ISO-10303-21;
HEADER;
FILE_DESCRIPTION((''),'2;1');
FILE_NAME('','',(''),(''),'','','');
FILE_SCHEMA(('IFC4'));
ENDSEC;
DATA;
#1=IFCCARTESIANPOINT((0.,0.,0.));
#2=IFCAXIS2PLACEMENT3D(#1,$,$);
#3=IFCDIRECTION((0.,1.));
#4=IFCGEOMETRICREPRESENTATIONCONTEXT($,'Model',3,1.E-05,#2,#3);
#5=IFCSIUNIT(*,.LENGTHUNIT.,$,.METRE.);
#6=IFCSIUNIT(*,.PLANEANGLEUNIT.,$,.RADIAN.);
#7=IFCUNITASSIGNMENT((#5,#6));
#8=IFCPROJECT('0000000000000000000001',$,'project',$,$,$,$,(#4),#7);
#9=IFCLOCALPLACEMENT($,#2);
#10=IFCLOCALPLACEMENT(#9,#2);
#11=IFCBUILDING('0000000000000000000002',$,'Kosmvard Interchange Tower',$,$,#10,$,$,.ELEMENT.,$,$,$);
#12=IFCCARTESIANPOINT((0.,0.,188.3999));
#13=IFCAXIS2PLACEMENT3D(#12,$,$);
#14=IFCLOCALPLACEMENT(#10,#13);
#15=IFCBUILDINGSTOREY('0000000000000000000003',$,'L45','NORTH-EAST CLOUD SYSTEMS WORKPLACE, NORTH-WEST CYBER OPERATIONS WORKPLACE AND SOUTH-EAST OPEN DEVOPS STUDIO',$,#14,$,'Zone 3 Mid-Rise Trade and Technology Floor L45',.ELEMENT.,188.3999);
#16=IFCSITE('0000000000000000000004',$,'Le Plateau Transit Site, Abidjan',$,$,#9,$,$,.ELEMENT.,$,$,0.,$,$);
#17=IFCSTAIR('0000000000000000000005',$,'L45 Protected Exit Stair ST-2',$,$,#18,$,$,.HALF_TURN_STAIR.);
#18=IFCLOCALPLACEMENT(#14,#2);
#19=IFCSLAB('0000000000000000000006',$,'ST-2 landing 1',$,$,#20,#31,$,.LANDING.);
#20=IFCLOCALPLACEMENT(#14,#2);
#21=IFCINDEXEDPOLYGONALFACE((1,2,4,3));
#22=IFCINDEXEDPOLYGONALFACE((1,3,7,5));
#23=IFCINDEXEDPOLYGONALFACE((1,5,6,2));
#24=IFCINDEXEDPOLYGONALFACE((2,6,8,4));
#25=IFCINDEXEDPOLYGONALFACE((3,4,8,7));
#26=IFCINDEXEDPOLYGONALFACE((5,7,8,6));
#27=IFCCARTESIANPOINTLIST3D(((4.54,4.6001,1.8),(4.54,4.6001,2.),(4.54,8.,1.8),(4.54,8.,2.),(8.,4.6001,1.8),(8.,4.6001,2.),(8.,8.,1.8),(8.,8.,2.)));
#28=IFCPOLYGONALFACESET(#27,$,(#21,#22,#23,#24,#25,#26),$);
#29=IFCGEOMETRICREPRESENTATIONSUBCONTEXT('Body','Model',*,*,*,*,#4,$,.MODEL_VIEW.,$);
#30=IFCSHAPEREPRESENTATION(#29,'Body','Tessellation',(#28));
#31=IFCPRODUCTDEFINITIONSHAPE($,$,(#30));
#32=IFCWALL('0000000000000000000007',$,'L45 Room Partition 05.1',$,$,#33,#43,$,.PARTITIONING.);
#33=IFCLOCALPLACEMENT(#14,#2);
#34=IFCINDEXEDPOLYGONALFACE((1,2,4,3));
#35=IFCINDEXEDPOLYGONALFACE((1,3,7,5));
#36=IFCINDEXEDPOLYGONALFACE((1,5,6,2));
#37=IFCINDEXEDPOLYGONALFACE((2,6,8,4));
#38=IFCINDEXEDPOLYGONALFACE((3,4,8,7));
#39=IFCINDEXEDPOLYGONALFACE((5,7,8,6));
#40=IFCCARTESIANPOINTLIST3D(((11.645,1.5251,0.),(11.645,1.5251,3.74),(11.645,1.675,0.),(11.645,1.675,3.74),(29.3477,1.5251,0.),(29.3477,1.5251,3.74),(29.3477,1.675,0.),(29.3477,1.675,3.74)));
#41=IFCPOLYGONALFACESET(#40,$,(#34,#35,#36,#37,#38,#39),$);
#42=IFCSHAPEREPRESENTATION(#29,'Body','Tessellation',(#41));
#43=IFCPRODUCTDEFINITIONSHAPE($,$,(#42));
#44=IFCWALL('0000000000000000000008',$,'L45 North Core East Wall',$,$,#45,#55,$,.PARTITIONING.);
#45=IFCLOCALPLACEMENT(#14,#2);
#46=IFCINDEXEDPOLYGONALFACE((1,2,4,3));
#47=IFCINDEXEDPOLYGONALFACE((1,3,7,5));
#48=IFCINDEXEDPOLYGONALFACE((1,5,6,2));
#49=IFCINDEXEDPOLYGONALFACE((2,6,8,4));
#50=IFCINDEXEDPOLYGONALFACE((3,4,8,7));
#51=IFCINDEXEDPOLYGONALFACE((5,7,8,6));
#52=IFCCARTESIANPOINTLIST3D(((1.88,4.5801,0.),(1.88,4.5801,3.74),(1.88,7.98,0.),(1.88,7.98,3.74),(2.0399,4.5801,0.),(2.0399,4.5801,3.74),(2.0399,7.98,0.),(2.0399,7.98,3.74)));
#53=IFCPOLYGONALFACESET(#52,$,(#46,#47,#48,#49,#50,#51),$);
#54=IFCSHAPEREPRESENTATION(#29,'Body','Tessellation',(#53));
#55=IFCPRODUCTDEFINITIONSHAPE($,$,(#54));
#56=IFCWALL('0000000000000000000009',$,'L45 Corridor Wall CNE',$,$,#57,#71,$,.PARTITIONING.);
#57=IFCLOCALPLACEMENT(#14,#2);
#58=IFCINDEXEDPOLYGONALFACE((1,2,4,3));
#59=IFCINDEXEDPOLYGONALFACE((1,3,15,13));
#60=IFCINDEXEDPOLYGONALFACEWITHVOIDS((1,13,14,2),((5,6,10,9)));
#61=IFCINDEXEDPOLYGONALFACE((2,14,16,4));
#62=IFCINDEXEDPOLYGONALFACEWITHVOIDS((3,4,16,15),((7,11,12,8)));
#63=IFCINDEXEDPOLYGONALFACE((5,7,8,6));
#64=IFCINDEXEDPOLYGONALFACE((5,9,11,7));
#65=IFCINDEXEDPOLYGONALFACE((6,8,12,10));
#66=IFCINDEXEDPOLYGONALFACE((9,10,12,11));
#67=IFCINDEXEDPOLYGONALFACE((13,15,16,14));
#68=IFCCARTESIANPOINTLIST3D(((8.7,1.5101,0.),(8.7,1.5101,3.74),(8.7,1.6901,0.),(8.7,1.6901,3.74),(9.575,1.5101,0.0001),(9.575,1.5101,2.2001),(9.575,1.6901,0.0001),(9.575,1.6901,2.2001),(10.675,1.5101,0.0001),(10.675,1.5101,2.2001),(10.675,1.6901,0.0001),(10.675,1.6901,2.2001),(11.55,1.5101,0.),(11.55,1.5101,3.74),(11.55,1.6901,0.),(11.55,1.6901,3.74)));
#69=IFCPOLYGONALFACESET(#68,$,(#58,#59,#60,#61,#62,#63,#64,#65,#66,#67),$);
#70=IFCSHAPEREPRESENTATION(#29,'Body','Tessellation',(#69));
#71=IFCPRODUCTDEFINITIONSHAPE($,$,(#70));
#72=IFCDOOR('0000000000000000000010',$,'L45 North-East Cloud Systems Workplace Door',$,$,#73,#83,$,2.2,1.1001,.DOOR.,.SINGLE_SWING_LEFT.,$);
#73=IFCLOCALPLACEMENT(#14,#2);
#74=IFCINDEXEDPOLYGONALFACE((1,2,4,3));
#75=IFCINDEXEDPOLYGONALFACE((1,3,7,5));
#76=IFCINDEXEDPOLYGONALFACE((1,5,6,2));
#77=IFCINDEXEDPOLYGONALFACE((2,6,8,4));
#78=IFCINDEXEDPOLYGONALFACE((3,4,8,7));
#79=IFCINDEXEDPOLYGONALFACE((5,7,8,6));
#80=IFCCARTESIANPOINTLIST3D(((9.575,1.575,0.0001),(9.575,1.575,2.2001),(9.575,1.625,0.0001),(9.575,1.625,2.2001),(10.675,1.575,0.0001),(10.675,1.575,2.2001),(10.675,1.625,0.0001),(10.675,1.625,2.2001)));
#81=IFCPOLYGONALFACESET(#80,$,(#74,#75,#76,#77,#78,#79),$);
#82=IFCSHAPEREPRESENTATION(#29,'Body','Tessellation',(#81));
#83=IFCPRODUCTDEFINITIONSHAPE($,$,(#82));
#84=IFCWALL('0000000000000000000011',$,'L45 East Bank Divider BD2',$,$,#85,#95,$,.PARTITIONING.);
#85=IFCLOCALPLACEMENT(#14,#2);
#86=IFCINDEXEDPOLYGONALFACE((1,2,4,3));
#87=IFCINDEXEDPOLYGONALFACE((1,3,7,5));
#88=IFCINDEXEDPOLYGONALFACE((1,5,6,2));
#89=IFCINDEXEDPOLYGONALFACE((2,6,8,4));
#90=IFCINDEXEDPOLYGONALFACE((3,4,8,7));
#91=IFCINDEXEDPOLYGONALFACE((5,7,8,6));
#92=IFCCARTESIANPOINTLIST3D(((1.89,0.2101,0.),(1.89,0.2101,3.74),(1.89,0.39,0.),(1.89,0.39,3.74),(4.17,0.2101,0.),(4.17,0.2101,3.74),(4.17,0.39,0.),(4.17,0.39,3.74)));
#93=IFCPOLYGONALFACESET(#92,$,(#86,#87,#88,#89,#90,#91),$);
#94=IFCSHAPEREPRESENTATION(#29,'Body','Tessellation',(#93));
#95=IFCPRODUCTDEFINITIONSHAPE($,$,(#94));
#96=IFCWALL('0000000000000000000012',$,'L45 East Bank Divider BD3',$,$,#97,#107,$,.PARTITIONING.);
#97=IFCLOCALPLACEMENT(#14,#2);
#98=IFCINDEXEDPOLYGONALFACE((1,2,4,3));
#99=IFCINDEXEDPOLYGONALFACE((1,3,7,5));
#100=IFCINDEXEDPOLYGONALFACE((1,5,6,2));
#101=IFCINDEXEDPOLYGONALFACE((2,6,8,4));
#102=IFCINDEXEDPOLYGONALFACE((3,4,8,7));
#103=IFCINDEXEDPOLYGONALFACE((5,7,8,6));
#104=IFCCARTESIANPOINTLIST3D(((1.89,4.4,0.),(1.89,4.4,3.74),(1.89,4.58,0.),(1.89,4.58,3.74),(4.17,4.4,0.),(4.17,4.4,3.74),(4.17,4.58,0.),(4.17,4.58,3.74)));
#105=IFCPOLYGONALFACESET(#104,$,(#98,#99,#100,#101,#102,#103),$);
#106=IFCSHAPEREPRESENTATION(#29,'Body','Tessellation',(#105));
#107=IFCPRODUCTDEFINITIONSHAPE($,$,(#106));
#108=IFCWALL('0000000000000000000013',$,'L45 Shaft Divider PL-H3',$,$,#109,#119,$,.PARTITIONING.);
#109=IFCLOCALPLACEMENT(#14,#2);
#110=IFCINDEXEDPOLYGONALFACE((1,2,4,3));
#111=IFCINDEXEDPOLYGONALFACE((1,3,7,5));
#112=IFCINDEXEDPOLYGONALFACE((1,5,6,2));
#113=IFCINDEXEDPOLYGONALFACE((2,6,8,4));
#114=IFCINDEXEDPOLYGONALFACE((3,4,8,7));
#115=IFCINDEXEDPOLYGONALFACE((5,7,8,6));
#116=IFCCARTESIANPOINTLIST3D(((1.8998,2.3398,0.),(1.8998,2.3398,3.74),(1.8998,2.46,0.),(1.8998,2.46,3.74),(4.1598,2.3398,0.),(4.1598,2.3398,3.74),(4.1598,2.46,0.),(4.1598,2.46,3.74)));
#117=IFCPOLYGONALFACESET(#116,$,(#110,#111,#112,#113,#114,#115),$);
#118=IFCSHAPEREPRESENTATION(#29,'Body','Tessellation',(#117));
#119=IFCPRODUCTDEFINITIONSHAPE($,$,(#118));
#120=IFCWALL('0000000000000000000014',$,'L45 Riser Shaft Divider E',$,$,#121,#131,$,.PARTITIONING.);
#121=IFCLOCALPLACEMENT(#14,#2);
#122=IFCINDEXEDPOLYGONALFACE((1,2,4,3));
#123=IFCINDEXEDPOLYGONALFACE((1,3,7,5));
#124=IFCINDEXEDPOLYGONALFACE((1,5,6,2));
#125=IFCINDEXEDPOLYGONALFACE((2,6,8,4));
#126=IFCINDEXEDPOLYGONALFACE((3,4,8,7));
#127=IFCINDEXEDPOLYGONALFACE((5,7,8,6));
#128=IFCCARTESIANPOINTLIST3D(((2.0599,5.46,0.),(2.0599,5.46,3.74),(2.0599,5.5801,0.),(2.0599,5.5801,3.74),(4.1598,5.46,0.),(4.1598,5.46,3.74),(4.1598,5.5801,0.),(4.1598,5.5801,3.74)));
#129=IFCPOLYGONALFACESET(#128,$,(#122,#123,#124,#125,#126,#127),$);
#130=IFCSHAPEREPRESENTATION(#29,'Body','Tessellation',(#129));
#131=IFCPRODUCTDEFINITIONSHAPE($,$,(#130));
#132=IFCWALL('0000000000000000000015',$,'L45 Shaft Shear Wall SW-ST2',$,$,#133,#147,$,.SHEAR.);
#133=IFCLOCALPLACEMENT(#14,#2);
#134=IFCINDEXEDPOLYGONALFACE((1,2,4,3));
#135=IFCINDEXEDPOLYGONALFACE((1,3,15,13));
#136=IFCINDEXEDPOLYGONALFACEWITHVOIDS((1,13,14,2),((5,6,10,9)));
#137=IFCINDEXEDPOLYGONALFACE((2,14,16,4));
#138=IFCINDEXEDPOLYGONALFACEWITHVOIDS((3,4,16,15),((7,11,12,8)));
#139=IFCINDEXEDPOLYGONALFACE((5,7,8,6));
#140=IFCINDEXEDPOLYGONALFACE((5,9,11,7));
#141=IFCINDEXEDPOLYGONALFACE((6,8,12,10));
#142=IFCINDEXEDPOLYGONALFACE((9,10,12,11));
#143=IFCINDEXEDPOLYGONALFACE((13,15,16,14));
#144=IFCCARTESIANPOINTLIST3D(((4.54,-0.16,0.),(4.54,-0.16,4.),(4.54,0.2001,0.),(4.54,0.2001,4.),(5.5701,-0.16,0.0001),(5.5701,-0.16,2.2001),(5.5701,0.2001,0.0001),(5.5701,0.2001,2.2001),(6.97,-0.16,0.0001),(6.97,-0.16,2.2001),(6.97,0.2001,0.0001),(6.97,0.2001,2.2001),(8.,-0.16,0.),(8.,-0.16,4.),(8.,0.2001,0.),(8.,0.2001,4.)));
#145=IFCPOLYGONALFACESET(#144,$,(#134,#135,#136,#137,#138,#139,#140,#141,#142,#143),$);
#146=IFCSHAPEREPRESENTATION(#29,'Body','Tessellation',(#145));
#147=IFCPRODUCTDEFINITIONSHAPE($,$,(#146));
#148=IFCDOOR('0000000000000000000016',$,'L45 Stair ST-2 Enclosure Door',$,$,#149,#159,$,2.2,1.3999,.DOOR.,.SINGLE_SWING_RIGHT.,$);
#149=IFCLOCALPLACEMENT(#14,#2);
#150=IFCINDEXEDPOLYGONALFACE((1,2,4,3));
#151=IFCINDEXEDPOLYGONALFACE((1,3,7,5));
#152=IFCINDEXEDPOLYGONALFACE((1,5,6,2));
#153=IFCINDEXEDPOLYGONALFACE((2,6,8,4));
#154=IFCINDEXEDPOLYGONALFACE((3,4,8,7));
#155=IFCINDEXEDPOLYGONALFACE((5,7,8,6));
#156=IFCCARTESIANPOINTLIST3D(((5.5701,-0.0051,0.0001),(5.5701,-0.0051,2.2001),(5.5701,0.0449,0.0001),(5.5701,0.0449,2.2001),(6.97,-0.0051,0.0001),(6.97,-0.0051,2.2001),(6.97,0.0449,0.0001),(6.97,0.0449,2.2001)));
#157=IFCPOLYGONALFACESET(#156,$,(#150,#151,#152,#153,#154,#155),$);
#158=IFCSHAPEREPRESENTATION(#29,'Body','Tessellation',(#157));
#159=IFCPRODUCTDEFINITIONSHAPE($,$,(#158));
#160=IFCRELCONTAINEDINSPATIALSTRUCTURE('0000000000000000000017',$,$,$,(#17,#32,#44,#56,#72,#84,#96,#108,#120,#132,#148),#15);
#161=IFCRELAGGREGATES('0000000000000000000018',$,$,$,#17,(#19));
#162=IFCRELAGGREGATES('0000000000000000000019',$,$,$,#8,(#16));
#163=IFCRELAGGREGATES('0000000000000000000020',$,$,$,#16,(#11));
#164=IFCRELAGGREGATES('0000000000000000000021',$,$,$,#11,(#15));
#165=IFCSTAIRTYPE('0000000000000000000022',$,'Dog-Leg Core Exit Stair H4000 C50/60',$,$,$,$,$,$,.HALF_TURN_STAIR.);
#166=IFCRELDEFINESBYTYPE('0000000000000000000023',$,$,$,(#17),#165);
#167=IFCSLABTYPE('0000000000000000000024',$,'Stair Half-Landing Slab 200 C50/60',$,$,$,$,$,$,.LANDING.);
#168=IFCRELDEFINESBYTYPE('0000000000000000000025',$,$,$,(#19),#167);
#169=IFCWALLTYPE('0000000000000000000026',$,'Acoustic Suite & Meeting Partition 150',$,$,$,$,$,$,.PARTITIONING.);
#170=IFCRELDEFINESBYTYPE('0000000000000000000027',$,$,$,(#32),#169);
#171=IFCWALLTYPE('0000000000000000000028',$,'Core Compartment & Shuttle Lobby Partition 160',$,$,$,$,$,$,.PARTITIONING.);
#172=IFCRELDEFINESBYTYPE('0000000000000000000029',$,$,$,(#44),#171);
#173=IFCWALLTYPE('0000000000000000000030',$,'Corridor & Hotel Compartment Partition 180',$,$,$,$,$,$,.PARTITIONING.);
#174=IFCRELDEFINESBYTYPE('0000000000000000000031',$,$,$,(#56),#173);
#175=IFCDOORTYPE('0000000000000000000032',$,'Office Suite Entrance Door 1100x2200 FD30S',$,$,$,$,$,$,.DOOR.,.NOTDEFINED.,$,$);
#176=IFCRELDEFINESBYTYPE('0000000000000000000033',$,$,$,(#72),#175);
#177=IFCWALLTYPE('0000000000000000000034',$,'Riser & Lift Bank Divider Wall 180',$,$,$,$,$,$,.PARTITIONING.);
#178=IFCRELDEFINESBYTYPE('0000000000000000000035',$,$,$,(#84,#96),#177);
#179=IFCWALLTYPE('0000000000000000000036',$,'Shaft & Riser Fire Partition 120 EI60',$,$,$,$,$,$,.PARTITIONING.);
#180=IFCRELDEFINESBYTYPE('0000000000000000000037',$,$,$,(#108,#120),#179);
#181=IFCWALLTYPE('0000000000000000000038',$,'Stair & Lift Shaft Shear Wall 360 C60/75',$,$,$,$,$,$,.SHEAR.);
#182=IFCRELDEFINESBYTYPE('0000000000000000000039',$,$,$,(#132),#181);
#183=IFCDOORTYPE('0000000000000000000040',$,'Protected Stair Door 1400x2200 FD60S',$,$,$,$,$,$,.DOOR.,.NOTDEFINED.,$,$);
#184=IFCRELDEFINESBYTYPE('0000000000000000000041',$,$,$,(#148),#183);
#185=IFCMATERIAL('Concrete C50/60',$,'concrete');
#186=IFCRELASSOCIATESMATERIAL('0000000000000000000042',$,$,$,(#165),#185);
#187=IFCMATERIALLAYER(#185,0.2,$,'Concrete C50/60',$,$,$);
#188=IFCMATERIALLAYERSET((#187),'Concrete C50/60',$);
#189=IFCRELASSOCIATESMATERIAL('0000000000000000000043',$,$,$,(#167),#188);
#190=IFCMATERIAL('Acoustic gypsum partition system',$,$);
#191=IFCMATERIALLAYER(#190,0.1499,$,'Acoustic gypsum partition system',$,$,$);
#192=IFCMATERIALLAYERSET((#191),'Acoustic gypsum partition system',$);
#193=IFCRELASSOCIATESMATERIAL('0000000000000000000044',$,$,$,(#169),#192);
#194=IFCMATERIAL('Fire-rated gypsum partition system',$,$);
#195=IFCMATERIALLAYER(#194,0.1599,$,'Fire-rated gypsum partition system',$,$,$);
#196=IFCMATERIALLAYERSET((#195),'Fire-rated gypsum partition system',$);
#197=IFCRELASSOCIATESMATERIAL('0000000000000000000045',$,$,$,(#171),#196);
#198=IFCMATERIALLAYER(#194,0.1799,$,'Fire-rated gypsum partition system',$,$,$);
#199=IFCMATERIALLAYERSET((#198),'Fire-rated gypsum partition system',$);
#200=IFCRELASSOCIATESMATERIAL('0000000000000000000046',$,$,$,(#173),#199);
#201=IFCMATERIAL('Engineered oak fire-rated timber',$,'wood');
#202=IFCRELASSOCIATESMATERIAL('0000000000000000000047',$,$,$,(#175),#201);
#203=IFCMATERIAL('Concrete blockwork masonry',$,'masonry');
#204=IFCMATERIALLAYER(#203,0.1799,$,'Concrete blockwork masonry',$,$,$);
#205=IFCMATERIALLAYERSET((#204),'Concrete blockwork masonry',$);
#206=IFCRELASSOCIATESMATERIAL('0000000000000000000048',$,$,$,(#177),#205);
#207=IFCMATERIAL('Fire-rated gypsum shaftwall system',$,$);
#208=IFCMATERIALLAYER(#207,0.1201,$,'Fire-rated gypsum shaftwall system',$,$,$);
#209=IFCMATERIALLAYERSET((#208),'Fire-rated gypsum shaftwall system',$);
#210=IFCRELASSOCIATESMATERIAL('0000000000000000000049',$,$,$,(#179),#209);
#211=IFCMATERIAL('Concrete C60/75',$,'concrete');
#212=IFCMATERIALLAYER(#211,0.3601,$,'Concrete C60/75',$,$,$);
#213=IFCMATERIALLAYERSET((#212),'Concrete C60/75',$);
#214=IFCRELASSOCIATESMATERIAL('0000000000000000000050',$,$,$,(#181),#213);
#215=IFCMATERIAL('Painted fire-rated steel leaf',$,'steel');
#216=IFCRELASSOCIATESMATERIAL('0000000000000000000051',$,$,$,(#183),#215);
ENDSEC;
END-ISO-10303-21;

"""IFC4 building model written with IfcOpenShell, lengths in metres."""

from ifc_helpers import new_model, si_unit, direction, frame, frame_2d, origin, place, context, subcontext, project, spatial, polyline, rectangle, outline, extrude, source, transform, mapped, material, layer, layer_set, type_object, element, fill, aggregate, save


model = new_model("IFC4")

# Units and contexts
model_context = context("Model", 3, precision=1e-05, world=origin(), true_north=direction((0.0, 1.0)))
body_context = subcontext(model_context, "Body", "Model", "MODEL_VIEW")
ifc_project = project(units=[si_unit("LENGTHUNIT", "METRE"), si_unit("PLANEANGLEUNIT", "RADIAN")], contexts=[model_context])

# Site, building, storey
site_placement = place(None, origin())
site = spatial("IfcSite", under=ifc_project, at=site_placement, Name="Le Plateau Transit Site, Abidjan", CompositionType="ELEMENT", RefElevation=0.0)
building_placement = place(site_placement, origin())
building = spatial("IfcBuilding", under=site, at=building_placement, Name="Kosmvard Interchange Tower", CompositionType="ELEMENT")
storey_placement = place(building_placement, frame((0.0, 0.0, 188.3999)))
storey = spatial("IfcBuildingStorey", under=building, at=storey_placement, Name="L45", Description="NORTH-EAST CLOUD SYSTEMS WORKPLACE, NORTH-WEST CYBER OPERATIONS WORKPLACE AND SOUTH-EAST OPEN DEVOPS STUDIO", LongName="Zone 3 Mid-Rise Trade and Technology Floor L45", CompositionType="ELEMENT", Elevation=188.3999)

# Stair, slab
ifc_material_1 = material(Name="Concrete C50/60", Category="concrete")
stair_type = type_object("IfcStairType", Name="Dog-Leg Core Exit Stair H4000 C50/60", PredefinedType="HALF_TURN_STAIR", material=ifc_material_1)
stair_placement = place(storey_placement, origin())
stair = element("IfcStair", 1, at=stair_placement, inside=storey, type_object=stair_type, Name="L45 Protected Exit Stair ST-2", PredefinedType="HALF_TURN_STAIR")
ifc_layer_1 = layer(ifc_material_1, 0.2, Name="Concrete C50/60")
ifc_layer_set_1 = layer_set([ifc_layer_1], Name="Concrete C50/60")
slab_type = type_object("IfcSlabType", Name="Stair Half-Landing Slab 200 C50/60", PredefinedType="LANDING", material=ifc_layer_set_1)
slab_placement = place(storey_placement, frame((0.0, 0.0, 1.8)))
slab = element("IfcSlab", 2, at=slab_placement, type_object=slab_type, Name="ST-2 landing 1", PredefinedType="LANDING", context=body_context, shape_type="SweptSolid", body=[
    extrude(outline(polyline([(8.0, 4.6001), (8.0, 8.0), (4.54, 8.0), (4.54, 4.6001), (8.0, 4.6001)])), origin(), (0.0, 0.0, 1.0), 0.2),
])

# Walls
ifc_material_2 = material(Name="Acoustic gypsum partition system")
ifc_layer_2 = layer(ifc_material_2, 0.1499, Name="Acoustic gypsum partition system")
ifc_layer_set_2 = layer_set([ifc_layer_2], Name="Acoustic gypsum partition system")
wall_type_1 = type_object("IfcWallType", Name="Acoustic Suite & Meeting Partition 150", PredefinedType="PARTITIONING", material=ifc_layer_set_2)
wall_1_placement = place(storey_placement, frame((11.645, 1.6001, 0.0), z_axis=(0.0, 0.0, 1.0), x_axis=(1.0, 0.0, 0.0)))
element("IfcWall", 3, at=wall_1_placement, inside=storey, type_object=wall_type_1, Name="L45 Room Partition 05.1", PredefinedType="PARTITIONING", context=body_context, shape_type="SweptSolid", body=[
    extrude(rectangle(XDim=17.7026, YDim=0.1499, at=frame_2d((8.8513, 0.0))), origin(), (0.0, 0.0, 1.0), 3.74),
])
ifc_material_3 = material(Name="Fire-rated gypsum partition system")
ifc_layer_3 = layer(ifc_material_3, 0.1599, Name="Fire-rated gypsum partition system")
ifc_layer_set_3 = layer_set([ifc_layer_3], Name="Fire-rated gypsum partition system")
wall_type_2 = type_object("IfcWallType", Name="Core Compartment & Shuttle Lobby Partition 160", PredefinedType="PARTITIONING", material=ifc_layer_set_3)
wall_2_placement = place(storey_placement, frame((1.96, 4.5801, 0.0), z_axis=(0.0, 0.0, 1.0), x_axis=(0.0, 1.0, 0.0)))
element("IfcWall", 4, at=wall_2_placement, inside=storey, type_object=wall_type_2, Name="L45 North Core East Wall", PredefinedType="PARTITIONING", context=body_context, shape_type="SweptSolid", body=[
    extrude(rectangle(XDim=3.3999, YDim=0.1599, at=frame_2d((1.7, 0.0))), origin(), (0.0, 0.0, 1.0), 3.74),
])

# Wall, opening, door
ifc_layer_4 = layer(ifc_material_3, 0.1799, Name="Fire-rated gypsum partition system")
ifc_layer_set_4 = layer_set([ifc_layer_4], Name="Fire-rated gypsum partition system")
wall_type_3 = type_object("IfcWallType", Name="Corridor & Hotel Compartment Partition 180", PredefinedType="PARTITIONING", material=ifc_layer_set_4)
wall_3_placement = place(storey_placement, frame((8.7, 1.6001, 0.0), z_axis=(0.0, 0.0, 1.0), x_axis=(1.0, 0.0, 0.0)))
wall_3 = element("IfcWall", 5, at=wall_3_placement, inside=storey, type_object=wall_type_3, Name="L45 Corridor Wall CNE", PredefinedType="PARTITIONING", context=body_context, shape_type="SweptSolid", body=[
    extrude(rectangle(XDim=2.8501, YDim=0.1799, at=frame_2d((1.425, 0.0))), origin(), (0.0, 0.0, 1.0), 3.74),
])
opening_1_placement = place(wall_3_placement, frame((0.875, 0.0, 0.0)))
opening_1 = element("IfcOpeningElement", 6, at=opening_1_placement, cuts=wall_3, PredefinedType="OPENING", context=body_context, shape_type="SweptSolid", body=[
    extrude(rectangle(XDim=1.1001, YDim=2.2, at=frame_2d((0.55, 1.1001))), frame((0.0, 0.1001, 0.0), z_axis=(0.0, -1.0, 0.0), x_axis=(1.0, 0.0, 0.0)), (0.0, 0.0, 1.0), 0.2),
])
ifc_material_4 = material(Name="Engineered oak fire-rated timber", Category="wood")
door_type_1 = type_object("IfcDoorType", Name="Office Suite Entrance Door 1100x2200 FD30S", OperationType="NOTDEFINED", PredefinedType="DOOR", material=ifc_material_4)
shared_shape_1 = source(origin(), body_context, "Body", "SweptSolid", [
    extrude(rectangle(XDim=1.1001, YDim=2.2, at=frame_2d((0.55, 1.1001))), frame((0.0, 0.0249, 0.0), z_axis=(0.0, -1.0, 0.0), x_axis=(1.0, 0.0, 0.0)), (0.0, 0.0, 1.0), 0.05),
])
door_1_placement = place(opening_1_placement, origin())
door_1 = element("IfcDoor", 7, at=door_1_placement, inside=storey, type_object=door_type_1, Name="L45 North-East Cloud Systems Workplace Door", OperationType="SINGLE_SWING_LEFT", OverallHeight=2.2, OverallWidth=1.1001, PredefinedType="DOOR", context=body_context, shape_type="MappedRepresentation", body=[
    mapped(shared_shape_1, transform((0.0, 0.0, 0.0), scale=1.0)),
])
fill(opening_1, door_1)

# Walls
ifc_material_5 = material(Name="Concrete blockwork masonry", Category="masonry")
ifc_layer_5 = layer(ifc_material_5, 0.1799, Name="Concrete blockwork masonry")
ifc_layer_set_5 = layer_set([ifc_layer_5], Name="Concrete blockwork masonry")
wall_type_4 = type_object("IfcWallType", Name="Riser & Lift Bank Divider Wall 180", PredefinedType="PARTITIONING", material=ifc_layer_set_5)
for number, where, z_axis, x_axis, name in (
    (8, (1.8899, 0.3, 0.0), (0.0, 0.0, 1.0), (1.0, 0.0, 0.0), "L45 East Bank Divider BD2"),
    (9, (1.8899, 4.49, 0.0), (0.0, 0.0, 1.0), (1.0, 0.0, 0.0), "L45 East Bank Divider BD3"),
):
    element("IfcWall", number, at=place(storey_placement, frame(where, z_axis=z_axis, x_axis=x_axis)), inside=storey, type_object=wall_type_4, Name=name, PredefinedType="PARTITIONING", context=body_context, shape_type="SweptSolid", body=[
        extrude(rectangle(XDim=2.28, YDim=0.1799, at=frame_2d((1.1401, 0.0))), origin(), (0.0, 0.0, 1.0), 3.74),
    ])
ifc_material_6 = material(Name="Fire-rated gypsum shaftwall system")
ifc_layer_6 = layer(ifc_material_6, 0.1201, Name="Fire-rated gypsum shaftwall system")
ifc_layer_set_6 = layer_set([ifc_layer_6], Name="Fire-rated gypsum shaftwall system")
wall_type_5 = type_object("IfcWallType", Name="Shaft & Riser Fire Partition 120 EI60", PredefinedType="PARTITIONING", material=ifc_layer_set_6)
wall_4_placement = place(storey_placement, frame((1.8999, 2.3999, 0.0), z_axis=(0.0, 0.0, 1.0), x_axis=(1.0, 0.0, 0.0)))
element("IfcWall", 10, at=wall_4_placement, inside=storey, type_object=wall_type_5, Name="L45 Shaft Divider PL-H3", PredefinedType="PARTITIONING", context=body_context, shape_type="SweptSolid", body=[
    extrude(rectangle(XDim=2.26, YDim=0.1201, at=frame_2d((1.1299, 0.0))), origin(), (0.0, 0.0, 1.0), 3.74),
])
wall_5_placement = place(storey_placement, frame((2.0601, 5.52, 0.0), z_axis=(0.0, 0.0, 1.0), x_axis=(1.0, 0.0, 0.0)))
element("IfcWall", 11, at=wall_5_placement, inside=storey, type_object=wall_type_5, Name="L45 Riser Shaft Divider E", PredefinedType="PARTITIONING", context=body_context, shape_type="SweptSolid", body=[
    extrude(rectangle(XDim=2.0999, YDim=0.1201, at=frame_2d((1.0498, 0.0))), origin(), (0.0, 0.0, 1.0), 3.74),
])

# Wall, opening, door
ifc_material_7 = material(Name="Concrete C60/75", Category="concrete")
ifc_layer_7 = layer(ifc_material_7, 0.3601, Name="Concrete C60/75")
ifc_layer_set_7 = layer_set([ifc_layer_7], Name="Concrete C60/75")
wall_type_6 = type_object("IfcWallType", Name="Stair & Lift Shaft Shear Wall 360 C60/75", PredefinedType="SHEAR", material=ifc_layer_set_7)
wall_6_placement = place(storey_placement, frame((4.54, 0.02, 0.0), z_axis=(0.0, 0.0, 1.0), x_axis=(1.0, 0.0, 0.0)))
wall_6 = element("IfcWall", 12, at=wall_6_placement, inside=storey, type_object=wall_type_6, Name="L45 Shaft Shear Wall SW-ST2", PredefinedType="SHEAR", context=body_context, shape_type="SweptSolid", body=[
    extrude(rectangle(XDim=3.46, YDim=0.3601, at=frame_2d((1.73, 0.0))), origin(), (0.0, 0.0, 1.0), 4.0),
])
opening_2_placement = place(wall_6_placement, frame((1.03, 0.0, 0.0)))
opening_2 = element("IfcOpeningElement", 13, at=opening_2_placement, cuts=wall_6, PredefinedType="OPENING", context=body_context, shape_type="SweptSolid", body=[
    extrude(rectangle(XDim=1.3999, YDim=2.2, at=frame_2d((0.7, 1.1001))), frame((0.0, 0.1899, 0.0), z_axis=(0.0, -1.0, 0.0), x_axis=(1.0, 0.0, 0.0)), (0.0, 0.0, 1.0), 0.3801),
])
ifc_material_8 = material(Name="Painted fire-rated steel leaf", Category="steel")
door_type_2 = type_object("IfcDoorType", Name="Protected Stair Door 1400x2200 FD60S", OperationType="NOTDEFINED", PredefinedType="DOOR", material=ifc_material_8)
shared_shape_2 = source(origin(), body_context, "Body", "SweptSolid", [
    extrude(rectangle(XDim=1.3999, YDim=2.2, at=frame_2d((0.7, 1.1001))), frame((0.0, 0.0249, 0.0), z_axis=(0.0, -1.0, 0.0), x_axis=(1.0, 0.0, 0.0)), (0.0, 0.0, 1.0), 0.05),
])
door_2_placement = place(opening_2_placement, origin())
door_2 = element("IfcDoor", 14, at=door_2_placement, inside=storey, type_object=door_type_2, Name="L45 Stair ST-2 Enclosure Door", OperationType="SINGLE_SWING_RIGHT", OverallHeight=2.2, OverallWidth=1.3999, PredefinedType="DOOR", context=body_context, shape_type="MappedRepresentation", body=[
    mapped(shared_shape_2, transform((0.0, 0.0, 0.0), scale=1.0)),
])
fill(opening_2, door_2)

aggregate(stair, [slab])

save(model, "model.ifc")
